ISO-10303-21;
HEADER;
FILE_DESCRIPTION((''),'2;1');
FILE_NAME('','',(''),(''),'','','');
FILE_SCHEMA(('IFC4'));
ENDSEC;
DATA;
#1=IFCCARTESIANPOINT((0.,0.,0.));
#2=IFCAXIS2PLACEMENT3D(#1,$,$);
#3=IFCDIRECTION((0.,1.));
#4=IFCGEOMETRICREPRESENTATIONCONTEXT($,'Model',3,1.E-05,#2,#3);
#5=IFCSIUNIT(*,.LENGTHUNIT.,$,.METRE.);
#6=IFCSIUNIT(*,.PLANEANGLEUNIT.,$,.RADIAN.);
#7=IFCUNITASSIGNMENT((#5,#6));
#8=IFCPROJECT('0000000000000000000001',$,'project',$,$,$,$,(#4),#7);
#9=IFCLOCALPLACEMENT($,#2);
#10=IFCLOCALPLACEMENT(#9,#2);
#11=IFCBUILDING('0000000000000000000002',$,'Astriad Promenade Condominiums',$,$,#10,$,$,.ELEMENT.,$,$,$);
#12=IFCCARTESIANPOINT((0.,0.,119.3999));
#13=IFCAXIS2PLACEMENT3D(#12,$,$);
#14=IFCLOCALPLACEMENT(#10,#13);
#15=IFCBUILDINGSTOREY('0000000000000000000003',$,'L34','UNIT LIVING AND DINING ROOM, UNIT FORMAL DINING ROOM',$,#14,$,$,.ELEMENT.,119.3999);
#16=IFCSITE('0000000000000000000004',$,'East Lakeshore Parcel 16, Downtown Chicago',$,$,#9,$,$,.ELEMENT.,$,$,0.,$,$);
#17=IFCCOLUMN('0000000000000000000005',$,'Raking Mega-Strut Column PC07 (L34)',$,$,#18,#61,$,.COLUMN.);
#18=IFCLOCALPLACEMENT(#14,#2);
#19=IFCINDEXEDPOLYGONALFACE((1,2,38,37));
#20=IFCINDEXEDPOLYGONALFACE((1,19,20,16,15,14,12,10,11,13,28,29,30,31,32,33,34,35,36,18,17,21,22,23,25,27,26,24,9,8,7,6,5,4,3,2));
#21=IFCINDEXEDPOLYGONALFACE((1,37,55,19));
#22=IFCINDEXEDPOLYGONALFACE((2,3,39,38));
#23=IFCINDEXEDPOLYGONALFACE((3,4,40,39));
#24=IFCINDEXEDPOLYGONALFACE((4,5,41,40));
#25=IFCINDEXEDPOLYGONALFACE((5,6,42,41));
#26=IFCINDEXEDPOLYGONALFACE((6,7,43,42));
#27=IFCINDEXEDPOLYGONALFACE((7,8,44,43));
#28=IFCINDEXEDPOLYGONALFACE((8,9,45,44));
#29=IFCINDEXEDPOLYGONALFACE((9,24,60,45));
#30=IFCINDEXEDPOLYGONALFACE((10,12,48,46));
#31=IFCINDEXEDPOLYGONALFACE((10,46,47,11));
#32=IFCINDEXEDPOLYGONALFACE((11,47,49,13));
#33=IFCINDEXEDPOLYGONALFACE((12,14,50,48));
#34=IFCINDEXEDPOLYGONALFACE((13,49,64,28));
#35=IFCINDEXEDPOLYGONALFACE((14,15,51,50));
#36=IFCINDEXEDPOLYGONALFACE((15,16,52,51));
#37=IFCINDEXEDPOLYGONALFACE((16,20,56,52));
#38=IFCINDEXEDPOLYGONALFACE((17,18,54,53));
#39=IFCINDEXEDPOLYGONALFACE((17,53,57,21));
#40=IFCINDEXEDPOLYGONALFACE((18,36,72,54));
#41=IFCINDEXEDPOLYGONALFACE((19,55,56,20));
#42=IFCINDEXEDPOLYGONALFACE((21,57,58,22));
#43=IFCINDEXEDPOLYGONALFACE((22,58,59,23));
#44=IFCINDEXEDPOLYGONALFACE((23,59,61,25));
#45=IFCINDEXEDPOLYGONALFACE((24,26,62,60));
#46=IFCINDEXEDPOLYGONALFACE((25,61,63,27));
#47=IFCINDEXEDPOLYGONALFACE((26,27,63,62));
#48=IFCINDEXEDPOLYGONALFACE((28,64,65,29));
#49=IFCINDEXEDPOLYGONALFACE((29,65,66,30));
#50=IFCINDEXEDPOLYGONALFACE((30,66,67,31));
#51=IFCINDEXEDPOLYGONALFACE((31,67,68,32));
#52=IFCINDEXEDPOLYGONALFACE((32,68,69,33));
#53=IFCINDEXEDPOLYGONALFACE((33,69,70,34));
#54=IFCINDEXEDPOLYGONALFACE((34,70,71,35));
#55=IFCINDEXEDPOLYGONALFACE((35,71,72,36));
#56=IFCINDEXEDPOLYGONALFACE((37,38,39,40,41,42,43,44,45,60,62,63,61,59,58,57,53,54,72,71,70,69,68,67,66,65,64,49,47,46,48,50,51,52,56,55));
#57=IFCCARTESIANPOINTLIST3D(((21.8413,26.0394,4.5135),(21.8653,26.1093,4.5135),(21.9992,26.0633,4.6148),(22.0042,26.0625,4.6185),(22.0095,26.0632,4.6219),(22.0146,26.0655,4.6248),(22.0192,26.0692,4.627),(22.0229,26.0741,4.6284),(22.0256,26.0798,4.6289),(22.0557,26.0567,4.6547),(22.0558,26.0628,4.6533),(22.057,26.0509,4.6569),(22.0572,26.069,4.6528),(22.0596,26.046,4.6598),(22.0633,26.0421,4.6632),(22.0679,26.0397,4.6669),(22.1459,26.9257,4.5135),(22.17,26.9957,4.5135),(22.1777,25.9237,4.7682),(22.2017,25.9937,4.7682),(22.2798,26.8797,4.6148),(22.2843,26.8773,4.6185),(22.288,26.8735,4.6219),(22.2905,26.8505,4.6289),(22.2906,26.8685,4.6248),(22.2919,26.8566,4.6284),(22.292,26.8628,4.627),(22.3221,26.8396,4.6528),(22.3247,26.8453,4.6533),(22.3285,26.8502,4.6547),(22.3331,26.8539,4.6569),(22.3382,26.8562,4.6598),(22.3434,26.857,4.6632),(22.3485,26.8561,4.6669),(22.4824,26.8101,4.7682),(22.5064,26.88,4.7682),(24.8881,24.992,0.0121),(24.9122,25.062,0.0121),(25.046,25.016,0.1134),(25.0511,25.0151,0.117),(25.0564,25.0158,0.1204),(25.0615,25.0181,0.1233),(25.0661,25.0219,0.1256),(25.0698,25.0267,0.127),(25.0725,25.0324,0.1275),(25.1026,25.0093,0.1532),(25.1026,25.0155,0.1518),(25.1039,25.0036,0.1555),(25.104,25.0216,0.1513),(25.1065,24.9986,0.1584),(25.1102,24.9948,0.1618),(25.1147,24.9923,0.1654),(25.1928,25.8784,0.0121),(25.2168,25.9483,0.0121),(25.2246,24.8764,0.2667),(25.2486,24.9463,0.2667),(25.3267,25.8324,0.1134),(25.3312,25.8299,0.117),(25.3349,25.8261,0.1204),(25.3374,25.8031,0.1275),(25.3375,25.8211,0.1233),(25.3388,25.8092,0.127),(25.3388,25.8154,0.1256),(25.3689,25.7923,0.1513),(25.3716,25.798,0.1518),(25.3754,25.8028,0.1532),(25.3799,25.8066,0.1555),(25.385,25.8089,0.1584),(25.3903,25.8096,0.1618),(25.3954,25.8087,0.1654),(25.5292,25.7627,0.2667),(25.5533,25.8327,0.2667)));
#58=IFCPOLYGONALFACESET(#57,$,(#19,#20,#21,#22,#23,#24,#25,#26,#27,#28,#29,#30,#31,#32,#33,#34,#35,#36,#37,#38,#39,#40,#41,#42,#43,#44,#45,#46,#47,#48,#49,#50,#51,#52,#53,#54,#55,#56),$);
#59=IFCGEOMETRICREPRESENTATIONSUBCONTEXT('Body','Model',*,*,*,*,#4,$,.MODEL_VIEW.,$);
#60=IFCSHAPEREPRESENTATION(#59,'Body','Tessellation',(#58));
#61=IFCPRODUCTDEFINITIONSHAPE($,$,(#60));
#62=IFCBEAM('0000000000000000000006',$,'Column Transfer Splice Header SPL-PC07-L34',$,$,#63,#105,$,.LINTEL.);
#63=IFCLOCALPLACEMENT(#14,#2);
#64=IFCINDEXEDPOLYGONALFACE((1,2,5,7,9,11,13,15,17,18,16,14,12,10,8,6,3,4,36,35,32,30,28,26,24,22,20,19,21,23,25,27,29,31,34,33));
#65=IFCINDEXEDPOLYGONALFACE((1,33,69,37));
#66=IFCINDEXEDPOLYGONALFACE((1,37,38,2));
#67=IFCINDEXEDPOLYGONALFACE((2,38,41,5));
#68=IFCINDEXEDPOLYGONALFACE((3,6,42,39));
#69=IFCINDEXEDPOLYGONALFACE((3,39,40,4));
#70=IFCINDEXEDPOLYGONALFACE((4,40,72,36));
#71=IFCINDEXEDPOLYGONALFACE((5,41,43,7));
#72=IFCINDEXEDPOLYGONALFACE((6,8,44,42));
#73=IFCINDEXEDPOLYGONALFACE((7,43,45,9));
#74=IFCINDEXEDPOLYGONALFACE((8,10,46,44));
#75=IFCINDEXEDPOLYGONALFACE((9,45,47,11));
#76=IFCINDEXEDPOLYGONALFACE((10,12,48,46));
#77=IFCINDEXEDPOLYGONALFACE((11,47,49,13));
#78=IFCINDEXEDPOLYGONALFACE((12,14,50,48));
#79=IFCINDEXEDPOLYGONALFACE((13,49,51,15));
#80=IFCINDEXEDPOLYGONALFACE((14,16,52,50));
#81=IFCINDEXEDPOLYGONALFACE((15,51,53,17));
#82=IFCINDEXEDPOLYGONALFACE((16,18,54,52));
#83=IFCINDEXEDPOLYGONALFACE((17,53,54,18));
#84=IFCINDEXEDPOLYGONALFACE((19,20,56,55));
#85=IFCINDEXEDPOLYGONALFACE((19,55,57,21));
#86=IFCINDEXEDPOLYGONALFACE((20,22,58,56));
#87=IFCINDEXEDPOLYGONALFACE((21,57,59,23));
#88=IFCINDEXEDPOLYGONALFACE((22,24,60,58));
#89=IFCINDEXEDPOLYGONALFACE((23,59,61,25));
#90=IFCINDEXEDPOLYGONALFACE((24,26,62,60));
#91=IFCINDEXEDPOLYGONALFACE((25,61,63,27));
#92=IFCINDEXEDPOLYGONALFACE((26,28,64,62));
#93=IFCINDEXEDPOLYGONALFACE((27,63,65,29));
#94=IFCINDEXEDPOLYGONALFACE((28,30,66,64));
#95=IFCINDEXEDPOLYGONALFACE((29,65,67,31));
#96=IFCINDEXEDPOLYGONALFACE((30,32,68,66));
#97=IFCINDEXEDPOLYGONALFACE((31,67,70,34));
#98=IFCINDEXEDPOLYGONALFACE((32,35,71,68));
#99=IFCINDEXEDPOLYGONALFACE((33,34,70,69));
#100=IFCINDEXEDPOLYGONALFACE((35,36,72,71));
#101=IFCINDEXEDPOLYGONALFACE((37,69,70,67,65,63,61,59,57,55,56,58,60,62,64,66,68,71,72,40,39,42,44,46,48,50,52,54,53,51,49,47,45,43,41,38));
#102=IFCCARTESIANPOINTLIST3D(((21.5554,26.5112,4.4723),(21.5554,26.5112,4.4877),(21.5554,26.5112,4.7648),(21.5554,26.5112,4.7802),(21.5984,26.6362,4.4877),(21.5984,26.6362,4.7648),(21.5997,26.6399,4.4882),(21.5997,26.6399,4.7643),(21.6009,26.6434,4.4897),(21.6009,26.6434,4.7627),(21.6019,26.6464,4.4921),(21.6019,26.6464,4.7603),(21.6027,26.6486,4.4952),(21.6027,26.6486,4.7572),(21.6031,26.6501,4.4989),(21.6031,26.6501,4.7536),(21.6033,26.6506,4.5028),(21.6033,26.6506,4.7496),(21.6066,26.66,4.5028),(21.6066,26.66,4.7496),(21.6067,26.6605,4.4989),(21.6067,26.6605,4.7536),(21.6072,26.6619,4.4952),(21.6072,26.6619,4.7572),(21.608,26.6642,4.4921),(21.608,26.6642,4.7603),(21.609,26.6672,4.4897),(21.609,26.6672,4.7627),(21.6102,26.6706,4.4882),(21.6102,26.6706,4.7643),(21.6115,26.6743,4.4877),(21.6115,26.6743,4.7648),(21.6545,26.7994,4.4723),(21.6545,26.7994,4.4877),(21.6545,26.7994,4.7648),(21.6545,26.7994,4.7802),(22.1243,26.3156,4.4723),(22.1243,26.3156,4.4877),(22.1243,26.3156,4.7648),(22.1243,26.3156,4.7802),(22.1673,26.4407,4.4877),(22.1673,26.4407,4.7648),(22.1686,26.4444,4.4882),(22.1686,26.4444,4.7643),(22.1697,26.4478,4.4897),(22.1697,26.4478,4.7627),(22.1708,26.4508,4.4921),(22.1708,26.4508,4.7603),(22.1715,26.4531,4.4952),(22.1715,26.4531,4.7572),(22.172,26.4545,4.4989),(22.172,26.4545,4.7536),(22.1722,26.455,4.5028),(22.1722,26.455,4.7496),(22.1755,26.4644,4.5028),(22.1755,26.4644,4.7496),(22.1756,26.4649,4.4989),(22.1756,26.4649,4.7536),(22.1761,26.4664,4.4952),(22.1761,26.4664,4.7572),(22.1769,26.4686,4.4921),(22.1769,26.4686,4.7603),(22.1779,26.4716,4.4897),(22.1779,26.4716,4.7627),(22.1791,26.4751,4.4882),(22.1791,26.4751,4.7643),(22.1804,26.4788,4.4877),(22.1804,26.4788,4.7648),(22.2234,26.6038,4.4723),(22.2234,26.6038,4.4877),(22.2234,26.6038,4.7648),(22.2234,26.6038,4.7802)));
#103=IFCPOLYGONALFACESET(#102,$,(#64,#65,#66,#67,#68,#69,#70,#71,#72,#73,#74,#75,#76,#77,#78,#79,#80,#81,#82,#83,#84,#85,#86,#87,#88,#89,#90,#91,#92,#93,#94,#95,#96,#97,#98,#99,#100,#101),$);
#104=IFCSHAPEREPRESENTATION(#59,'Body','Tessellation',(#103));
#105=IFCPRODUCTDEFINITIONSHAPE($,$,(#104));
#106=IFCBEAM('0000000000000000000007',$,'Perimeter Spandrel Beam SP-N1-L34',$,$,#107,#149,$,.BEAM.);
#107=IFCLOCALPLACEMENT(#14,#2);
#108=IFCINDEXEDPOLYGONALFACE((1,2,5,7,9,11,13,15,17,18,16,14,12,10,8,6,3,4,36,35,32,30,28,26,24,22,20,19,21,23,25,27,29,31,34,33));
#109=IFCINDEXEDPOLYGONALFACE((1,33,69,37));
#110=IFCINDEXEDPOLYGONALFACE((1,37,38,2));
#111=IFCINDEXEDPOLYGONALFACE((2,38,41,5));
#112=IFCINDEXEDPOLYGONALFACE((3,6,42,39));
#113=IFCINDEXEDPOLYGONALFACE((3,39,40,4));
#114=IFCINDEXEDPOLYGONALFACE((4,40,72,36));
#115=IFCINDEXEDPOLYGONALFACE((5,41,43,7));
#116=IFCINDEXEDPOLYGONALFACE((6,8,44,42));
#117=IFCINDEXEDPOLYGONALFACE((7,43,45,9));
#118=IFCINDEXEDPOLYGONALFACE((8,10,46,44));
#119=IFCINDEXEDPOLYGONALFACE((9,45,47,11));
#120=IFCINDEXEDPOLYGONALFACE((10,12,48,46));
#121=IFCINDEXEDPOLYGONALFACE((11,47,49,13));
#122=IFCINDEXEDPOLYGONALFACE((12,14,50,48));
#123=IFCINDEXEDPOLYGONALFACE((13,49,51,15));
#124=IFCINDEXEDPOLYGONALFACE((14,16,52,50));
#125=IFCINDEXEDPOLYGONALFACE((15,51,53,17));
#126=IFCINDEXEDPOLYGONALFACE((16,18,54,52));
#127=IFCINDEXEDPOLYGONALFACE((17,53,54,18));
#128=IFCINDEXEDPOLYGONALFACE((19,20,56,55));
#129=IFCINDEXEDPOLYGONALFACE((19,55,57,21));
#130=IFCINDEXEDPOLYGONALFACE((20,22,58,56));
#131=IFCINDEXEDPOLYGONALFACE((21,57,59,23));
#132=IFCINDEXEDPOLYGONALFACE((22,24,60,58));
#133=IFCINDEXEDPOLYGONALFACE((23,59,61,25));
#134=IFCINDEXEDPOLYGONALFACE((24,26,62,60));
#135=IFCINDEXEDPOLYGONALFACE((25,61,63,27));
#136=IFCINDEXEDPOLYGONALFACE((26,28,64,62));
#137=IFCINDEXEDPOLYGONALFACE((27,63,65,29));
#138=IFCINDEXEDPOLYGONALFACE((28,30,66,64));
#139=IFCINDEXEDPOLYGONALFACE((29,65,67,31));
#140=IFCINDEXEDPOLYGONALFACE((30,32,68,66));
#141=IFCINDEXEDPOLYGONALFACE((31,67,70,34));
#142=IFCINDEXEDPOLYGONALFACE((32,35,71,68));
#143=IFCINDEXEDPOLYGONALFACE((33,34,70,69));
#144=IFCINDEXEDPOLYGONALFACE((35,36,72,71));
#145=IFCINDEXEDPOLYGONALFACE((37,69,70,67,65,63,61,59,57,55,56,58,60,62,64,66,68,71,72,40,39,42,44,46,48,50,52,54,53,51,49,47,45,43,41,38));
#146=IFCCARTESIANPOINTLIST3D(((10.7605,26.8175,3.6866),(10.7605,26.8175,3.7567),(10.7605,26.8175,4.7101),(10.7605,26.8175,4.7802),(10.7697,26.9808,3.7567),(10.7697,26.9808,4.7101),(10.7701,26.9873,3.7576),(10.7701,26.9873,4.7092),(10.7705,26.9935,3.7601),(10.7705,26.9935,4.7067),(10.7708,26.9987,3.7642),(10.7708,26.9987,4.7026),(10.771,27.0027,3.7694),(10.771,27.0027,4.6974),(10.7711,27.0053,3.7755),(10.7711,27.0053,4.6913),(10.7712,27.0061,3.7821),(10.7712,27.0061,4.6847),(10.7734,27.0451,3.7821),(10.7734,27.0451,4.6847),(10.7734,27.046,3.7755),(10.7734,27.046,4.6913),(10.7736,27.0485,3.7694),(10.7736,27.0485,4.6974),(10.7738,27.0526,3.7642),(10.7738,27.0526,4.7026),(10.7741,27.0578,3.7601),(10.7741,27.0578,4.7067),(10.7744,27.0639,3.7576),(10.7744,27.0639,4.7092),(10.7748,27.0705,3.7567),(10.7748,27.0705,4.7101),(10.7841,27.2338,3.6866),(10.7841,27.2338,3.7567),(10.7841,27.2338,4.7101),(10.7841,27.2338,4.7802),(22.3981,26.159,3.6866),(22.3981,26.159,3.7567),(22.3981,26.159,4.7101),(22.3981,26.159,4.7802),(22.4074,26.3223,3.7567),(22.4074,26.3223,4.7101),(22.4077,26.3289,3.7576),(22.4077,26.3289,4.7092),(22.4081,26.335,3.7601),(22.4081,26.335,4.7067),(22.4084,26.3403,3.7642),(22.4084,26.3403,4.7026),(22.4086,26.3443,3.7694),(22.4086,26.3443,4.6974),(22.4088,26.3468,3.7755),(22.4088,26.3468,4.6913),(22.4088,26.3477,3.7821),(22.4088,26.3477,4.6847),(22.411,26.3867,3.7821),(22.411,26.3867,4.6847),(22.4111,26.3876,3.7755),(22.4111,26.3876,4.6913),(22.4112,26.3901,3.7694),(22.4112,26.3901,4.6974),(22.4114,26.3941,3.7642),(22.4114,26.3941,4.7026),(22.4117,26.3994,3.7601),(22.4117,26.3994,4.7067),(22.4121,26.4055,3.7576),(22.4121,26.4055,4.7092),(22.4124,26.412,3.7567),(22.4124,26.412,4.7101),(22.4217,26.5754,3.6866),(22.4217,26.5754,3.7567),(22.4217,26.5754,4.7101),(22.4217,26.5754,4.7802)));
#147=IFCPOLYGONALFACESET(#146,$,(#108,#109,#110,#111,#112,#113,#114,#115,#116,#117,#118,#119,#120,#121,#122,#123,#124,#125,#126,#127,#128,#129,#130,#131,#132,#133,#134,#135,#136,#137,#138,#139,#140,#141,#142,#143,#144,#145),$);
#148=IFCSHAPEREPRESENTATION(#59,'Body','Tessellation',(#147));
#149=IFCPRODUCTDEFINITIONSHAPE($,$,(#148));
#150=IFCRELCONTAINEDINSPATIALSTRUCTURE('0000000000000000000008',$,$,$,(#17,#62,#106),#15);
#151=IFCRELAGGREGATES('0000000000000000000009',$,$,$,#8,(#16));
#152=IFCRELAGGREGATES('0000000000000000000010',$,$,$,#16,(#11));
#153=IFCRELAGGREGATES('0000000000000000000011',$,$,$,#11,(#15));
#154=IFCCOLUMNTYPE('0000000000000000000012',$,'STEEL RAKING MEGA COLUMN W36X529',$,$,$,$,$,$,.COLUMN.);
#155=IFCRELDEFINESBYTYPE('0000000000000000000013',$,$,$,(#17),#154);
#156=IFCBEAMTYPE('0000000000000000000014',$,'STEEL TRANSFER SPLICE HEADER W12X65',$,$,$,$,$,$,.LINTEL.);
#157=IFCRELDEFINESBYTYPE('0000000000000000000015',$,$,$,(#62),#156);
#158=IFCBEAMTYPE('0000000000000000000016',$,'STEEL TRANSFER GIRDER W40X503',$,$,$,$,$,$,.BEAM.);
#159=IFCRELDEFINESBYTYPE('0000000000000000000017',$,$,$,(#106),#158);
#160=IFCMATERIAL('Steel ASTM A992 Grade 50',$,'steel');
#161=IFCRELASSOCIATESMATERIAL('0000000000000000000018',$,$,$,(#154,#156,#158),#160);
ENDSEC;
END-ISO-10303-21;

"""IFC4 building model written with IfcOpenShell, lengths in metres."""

from ifc_helpers import new_model, si_unit, direction, frame, origin, origin_2d, place, context, subcontext, project, spatial, i_section, extrude, source, transform, mapped, material, material_profile, profile_set, type_object, type_shapes, element, save


model = new_model("IFC4")

# Units and contexts
model_context = context("Model", 3, precision=1e-05, world=origin(), true_north=direction((0.0, 1.0)))
body_context = subcontext(model_context, "Body", "Model", "MODEL_VIEW")
ifc_project = project(units=[si_unit("LENGTHUNIT", "METRE"), si_unit("PLANEANGLEUNIT", "RADIAN")], contexts=[model_context])

# Site, building, storey
site_placement = place(None, origin())
site = spatial("IfcSite", under=ifc_project, at=site_placement, Name="East Lakeshore Parcel 16, Downtown Chicago", CompositionType="ELEMENT", RefElevation=0.0)
building_placement = place(site_placement, origin())
building = spatial("IfcBuilding", under=site, at=building_placement, Name="Astriad Promenade Condominiums", CompositionType="ELEMENT")
storey_placement = place(building_placement, frame((0.0, 0.0, 119.3999)))
storey = spatial("IfcBuildingStorey", under=building, at=storey_placement, Name="L34", Description="UNIT LIVING AND DINING ROOM, UNIT FORMAL DINING ROOM", CompositionType="ELEMENT", Elevation=119.3999)

# Column
ifc_material_1 = material(Name="Steel ASTM A992 Grade 50", Category="steel")
ifc_material_profile_1 = material_profile(ifc_material_1, i_section(OverallWidth=0.4375, OverallDepth=1.0112, WebThickness=0.041, FlangeThickness=0.074, FilletRadius=0.0242, at=origin_2d()), Name="W36X529")
ifc_profile_set_1 = profile_set([ifc_material_profile_1], Name="Steel ASTM A992 Grade 50")
column_type = type_object("IfcColumnType", Name="STEEL RAKING MEGA COLUMN W36X529", PredefinedType="COLUMN", material=ifc_profile_set_1)
shared_shape_1 = source(origin(), body_context, "Body", "SweptSolid", [
    extrude(i_section(OverallWidth=0.4375, OverallDepth=1.0112, WebThickness=0.041, FlangeThickness=0.074, FilletRadius=0.0242, at=origin_2d()), origin(), (0.0, 0.0, 1.0), 5.5356),
])
type_shapes(column_type, [shared_shape_1])
column_placement = place(storey_placement, frame((25.2207, 25.4124, 0.1394), z_axis=(-0.550408, 0.189203, 0.813175), x_axis=(0.769009, -0.264347, 0.582019)))
element("IfcColumn", 1, at=column_placement, inside=storey, type_object=column_type, Name="Raking Mega-Strut Column PC07 (L34)", PredefinedType="COLUMN", context=body_context, shape_type="MappedRepresentation", body=[
    mapped(shared_shape_1, transform((0.0, 0.0, 0.0), scale=1.0)),
])

# Beams
ifc_material_profile_2 = material_profile(ifc_material_1, i_section(OverallWidth=0.3047, OverallDepth=0.3079, WebThickness=0.01, FlangeThickness=0.0154, FilletRadius=0.0151, at=origin_2d()), Name="W12X65")
ifc_profile_set_2 = profile_set([ifc_material_profile_2], Name="Steel ASTM A992 Grade 50")
beam_type_1 = type_object("IfcBeamType", Name="STEEL TRANSFER SPLICE HEADER W12X65", PredefinedType="LINTEL", material=ifc_profile_set_2)
shared_shape_2 = source(origin(), body_context, "Body", "SweptSolid", [
    extrude(i_section(OverallWidth=0.3047, OverallDepth=0.3079, WebThickness=0.01, FlangeThickness=0.0154, FilletRadius=0.0151, at=origin_2d()), origin(), (0.0, 0.0, 1.0), 0.6016),
])
type_shapes(beam_type_1, [shared_shape_2])
beam_1_placement = place(storey_placement, frame((22.1738, 26.4597, 4.6262), z_axis=(-0.945679, 0.325102, 0.0), x_axis=(-0.325102, -0.945679, 0.0)))
element("IfcBeam", 2, at=beam_1_placement, inside=storey, type_object=beam_type_1, Name="Column Transfer Splice Header SPL-PC07-L34", PredefinedType="LINTEL", context=body_context, shape_type="MappedRepresentation", body=[
    mapped(shared_shape_2, transform((0.0, 0.0, 0.0), scale=1.0)),
])
ifc_material_profile_3 = material_profile(ifc_material_1, i_section(OverallWidth=0.417, OverallDepth=1.0935, WebThickness=0.0391, FlangeThickness=0.0701, FilletRadius=0.0254, at=origin_2d()), Name="W40X503")
ifc_profile_set_3 = profile_set([ifc_material_profile_3], Name="Steel ASTM A992 Grade 50")
beam_type_2 = type_object("IfcBeamType", Name="STEEL TRANSFER GIRDER W40X503", PredefinedType="BEAM", material=ifc_profile_set_3)
shared_shape_3 = source(origin(), body_context, "Body", "SweptSolid", [
    extrude(i_section(OverallWidth=0.417, OverallDepth=1.0935, WebThickness=0.0391, FlangeThickness=0.0701, FilletRadius=0.0254, at=origin_2d()), origin(), (0.0, 0.0, 1.0), 11.6562),
])
type_shapes(beam_type_2, [shared_shape_3])
beam_2_placement = place(storey_placement, frame((22.4099, 26.3672, 4.2334), z_axis=(-0.998403, 0.056488, 0.0), x_axis=(-0.056488, -0.998403, 0.0)))
element("IfcBeam", 3, at=beam_2_placement, inside=storey, type_object=beam_type_2, Name="Perimeter Spandrel Beam SP-N1-L34", PredefinedType="BEAM", context=body_context, shape_type="MappedRepresentation", body=[
    mapped(shared_shape_3, transform((0.0, 0.0, 0.0), scale=1.0)),
])

save(model, "model.ifc")
